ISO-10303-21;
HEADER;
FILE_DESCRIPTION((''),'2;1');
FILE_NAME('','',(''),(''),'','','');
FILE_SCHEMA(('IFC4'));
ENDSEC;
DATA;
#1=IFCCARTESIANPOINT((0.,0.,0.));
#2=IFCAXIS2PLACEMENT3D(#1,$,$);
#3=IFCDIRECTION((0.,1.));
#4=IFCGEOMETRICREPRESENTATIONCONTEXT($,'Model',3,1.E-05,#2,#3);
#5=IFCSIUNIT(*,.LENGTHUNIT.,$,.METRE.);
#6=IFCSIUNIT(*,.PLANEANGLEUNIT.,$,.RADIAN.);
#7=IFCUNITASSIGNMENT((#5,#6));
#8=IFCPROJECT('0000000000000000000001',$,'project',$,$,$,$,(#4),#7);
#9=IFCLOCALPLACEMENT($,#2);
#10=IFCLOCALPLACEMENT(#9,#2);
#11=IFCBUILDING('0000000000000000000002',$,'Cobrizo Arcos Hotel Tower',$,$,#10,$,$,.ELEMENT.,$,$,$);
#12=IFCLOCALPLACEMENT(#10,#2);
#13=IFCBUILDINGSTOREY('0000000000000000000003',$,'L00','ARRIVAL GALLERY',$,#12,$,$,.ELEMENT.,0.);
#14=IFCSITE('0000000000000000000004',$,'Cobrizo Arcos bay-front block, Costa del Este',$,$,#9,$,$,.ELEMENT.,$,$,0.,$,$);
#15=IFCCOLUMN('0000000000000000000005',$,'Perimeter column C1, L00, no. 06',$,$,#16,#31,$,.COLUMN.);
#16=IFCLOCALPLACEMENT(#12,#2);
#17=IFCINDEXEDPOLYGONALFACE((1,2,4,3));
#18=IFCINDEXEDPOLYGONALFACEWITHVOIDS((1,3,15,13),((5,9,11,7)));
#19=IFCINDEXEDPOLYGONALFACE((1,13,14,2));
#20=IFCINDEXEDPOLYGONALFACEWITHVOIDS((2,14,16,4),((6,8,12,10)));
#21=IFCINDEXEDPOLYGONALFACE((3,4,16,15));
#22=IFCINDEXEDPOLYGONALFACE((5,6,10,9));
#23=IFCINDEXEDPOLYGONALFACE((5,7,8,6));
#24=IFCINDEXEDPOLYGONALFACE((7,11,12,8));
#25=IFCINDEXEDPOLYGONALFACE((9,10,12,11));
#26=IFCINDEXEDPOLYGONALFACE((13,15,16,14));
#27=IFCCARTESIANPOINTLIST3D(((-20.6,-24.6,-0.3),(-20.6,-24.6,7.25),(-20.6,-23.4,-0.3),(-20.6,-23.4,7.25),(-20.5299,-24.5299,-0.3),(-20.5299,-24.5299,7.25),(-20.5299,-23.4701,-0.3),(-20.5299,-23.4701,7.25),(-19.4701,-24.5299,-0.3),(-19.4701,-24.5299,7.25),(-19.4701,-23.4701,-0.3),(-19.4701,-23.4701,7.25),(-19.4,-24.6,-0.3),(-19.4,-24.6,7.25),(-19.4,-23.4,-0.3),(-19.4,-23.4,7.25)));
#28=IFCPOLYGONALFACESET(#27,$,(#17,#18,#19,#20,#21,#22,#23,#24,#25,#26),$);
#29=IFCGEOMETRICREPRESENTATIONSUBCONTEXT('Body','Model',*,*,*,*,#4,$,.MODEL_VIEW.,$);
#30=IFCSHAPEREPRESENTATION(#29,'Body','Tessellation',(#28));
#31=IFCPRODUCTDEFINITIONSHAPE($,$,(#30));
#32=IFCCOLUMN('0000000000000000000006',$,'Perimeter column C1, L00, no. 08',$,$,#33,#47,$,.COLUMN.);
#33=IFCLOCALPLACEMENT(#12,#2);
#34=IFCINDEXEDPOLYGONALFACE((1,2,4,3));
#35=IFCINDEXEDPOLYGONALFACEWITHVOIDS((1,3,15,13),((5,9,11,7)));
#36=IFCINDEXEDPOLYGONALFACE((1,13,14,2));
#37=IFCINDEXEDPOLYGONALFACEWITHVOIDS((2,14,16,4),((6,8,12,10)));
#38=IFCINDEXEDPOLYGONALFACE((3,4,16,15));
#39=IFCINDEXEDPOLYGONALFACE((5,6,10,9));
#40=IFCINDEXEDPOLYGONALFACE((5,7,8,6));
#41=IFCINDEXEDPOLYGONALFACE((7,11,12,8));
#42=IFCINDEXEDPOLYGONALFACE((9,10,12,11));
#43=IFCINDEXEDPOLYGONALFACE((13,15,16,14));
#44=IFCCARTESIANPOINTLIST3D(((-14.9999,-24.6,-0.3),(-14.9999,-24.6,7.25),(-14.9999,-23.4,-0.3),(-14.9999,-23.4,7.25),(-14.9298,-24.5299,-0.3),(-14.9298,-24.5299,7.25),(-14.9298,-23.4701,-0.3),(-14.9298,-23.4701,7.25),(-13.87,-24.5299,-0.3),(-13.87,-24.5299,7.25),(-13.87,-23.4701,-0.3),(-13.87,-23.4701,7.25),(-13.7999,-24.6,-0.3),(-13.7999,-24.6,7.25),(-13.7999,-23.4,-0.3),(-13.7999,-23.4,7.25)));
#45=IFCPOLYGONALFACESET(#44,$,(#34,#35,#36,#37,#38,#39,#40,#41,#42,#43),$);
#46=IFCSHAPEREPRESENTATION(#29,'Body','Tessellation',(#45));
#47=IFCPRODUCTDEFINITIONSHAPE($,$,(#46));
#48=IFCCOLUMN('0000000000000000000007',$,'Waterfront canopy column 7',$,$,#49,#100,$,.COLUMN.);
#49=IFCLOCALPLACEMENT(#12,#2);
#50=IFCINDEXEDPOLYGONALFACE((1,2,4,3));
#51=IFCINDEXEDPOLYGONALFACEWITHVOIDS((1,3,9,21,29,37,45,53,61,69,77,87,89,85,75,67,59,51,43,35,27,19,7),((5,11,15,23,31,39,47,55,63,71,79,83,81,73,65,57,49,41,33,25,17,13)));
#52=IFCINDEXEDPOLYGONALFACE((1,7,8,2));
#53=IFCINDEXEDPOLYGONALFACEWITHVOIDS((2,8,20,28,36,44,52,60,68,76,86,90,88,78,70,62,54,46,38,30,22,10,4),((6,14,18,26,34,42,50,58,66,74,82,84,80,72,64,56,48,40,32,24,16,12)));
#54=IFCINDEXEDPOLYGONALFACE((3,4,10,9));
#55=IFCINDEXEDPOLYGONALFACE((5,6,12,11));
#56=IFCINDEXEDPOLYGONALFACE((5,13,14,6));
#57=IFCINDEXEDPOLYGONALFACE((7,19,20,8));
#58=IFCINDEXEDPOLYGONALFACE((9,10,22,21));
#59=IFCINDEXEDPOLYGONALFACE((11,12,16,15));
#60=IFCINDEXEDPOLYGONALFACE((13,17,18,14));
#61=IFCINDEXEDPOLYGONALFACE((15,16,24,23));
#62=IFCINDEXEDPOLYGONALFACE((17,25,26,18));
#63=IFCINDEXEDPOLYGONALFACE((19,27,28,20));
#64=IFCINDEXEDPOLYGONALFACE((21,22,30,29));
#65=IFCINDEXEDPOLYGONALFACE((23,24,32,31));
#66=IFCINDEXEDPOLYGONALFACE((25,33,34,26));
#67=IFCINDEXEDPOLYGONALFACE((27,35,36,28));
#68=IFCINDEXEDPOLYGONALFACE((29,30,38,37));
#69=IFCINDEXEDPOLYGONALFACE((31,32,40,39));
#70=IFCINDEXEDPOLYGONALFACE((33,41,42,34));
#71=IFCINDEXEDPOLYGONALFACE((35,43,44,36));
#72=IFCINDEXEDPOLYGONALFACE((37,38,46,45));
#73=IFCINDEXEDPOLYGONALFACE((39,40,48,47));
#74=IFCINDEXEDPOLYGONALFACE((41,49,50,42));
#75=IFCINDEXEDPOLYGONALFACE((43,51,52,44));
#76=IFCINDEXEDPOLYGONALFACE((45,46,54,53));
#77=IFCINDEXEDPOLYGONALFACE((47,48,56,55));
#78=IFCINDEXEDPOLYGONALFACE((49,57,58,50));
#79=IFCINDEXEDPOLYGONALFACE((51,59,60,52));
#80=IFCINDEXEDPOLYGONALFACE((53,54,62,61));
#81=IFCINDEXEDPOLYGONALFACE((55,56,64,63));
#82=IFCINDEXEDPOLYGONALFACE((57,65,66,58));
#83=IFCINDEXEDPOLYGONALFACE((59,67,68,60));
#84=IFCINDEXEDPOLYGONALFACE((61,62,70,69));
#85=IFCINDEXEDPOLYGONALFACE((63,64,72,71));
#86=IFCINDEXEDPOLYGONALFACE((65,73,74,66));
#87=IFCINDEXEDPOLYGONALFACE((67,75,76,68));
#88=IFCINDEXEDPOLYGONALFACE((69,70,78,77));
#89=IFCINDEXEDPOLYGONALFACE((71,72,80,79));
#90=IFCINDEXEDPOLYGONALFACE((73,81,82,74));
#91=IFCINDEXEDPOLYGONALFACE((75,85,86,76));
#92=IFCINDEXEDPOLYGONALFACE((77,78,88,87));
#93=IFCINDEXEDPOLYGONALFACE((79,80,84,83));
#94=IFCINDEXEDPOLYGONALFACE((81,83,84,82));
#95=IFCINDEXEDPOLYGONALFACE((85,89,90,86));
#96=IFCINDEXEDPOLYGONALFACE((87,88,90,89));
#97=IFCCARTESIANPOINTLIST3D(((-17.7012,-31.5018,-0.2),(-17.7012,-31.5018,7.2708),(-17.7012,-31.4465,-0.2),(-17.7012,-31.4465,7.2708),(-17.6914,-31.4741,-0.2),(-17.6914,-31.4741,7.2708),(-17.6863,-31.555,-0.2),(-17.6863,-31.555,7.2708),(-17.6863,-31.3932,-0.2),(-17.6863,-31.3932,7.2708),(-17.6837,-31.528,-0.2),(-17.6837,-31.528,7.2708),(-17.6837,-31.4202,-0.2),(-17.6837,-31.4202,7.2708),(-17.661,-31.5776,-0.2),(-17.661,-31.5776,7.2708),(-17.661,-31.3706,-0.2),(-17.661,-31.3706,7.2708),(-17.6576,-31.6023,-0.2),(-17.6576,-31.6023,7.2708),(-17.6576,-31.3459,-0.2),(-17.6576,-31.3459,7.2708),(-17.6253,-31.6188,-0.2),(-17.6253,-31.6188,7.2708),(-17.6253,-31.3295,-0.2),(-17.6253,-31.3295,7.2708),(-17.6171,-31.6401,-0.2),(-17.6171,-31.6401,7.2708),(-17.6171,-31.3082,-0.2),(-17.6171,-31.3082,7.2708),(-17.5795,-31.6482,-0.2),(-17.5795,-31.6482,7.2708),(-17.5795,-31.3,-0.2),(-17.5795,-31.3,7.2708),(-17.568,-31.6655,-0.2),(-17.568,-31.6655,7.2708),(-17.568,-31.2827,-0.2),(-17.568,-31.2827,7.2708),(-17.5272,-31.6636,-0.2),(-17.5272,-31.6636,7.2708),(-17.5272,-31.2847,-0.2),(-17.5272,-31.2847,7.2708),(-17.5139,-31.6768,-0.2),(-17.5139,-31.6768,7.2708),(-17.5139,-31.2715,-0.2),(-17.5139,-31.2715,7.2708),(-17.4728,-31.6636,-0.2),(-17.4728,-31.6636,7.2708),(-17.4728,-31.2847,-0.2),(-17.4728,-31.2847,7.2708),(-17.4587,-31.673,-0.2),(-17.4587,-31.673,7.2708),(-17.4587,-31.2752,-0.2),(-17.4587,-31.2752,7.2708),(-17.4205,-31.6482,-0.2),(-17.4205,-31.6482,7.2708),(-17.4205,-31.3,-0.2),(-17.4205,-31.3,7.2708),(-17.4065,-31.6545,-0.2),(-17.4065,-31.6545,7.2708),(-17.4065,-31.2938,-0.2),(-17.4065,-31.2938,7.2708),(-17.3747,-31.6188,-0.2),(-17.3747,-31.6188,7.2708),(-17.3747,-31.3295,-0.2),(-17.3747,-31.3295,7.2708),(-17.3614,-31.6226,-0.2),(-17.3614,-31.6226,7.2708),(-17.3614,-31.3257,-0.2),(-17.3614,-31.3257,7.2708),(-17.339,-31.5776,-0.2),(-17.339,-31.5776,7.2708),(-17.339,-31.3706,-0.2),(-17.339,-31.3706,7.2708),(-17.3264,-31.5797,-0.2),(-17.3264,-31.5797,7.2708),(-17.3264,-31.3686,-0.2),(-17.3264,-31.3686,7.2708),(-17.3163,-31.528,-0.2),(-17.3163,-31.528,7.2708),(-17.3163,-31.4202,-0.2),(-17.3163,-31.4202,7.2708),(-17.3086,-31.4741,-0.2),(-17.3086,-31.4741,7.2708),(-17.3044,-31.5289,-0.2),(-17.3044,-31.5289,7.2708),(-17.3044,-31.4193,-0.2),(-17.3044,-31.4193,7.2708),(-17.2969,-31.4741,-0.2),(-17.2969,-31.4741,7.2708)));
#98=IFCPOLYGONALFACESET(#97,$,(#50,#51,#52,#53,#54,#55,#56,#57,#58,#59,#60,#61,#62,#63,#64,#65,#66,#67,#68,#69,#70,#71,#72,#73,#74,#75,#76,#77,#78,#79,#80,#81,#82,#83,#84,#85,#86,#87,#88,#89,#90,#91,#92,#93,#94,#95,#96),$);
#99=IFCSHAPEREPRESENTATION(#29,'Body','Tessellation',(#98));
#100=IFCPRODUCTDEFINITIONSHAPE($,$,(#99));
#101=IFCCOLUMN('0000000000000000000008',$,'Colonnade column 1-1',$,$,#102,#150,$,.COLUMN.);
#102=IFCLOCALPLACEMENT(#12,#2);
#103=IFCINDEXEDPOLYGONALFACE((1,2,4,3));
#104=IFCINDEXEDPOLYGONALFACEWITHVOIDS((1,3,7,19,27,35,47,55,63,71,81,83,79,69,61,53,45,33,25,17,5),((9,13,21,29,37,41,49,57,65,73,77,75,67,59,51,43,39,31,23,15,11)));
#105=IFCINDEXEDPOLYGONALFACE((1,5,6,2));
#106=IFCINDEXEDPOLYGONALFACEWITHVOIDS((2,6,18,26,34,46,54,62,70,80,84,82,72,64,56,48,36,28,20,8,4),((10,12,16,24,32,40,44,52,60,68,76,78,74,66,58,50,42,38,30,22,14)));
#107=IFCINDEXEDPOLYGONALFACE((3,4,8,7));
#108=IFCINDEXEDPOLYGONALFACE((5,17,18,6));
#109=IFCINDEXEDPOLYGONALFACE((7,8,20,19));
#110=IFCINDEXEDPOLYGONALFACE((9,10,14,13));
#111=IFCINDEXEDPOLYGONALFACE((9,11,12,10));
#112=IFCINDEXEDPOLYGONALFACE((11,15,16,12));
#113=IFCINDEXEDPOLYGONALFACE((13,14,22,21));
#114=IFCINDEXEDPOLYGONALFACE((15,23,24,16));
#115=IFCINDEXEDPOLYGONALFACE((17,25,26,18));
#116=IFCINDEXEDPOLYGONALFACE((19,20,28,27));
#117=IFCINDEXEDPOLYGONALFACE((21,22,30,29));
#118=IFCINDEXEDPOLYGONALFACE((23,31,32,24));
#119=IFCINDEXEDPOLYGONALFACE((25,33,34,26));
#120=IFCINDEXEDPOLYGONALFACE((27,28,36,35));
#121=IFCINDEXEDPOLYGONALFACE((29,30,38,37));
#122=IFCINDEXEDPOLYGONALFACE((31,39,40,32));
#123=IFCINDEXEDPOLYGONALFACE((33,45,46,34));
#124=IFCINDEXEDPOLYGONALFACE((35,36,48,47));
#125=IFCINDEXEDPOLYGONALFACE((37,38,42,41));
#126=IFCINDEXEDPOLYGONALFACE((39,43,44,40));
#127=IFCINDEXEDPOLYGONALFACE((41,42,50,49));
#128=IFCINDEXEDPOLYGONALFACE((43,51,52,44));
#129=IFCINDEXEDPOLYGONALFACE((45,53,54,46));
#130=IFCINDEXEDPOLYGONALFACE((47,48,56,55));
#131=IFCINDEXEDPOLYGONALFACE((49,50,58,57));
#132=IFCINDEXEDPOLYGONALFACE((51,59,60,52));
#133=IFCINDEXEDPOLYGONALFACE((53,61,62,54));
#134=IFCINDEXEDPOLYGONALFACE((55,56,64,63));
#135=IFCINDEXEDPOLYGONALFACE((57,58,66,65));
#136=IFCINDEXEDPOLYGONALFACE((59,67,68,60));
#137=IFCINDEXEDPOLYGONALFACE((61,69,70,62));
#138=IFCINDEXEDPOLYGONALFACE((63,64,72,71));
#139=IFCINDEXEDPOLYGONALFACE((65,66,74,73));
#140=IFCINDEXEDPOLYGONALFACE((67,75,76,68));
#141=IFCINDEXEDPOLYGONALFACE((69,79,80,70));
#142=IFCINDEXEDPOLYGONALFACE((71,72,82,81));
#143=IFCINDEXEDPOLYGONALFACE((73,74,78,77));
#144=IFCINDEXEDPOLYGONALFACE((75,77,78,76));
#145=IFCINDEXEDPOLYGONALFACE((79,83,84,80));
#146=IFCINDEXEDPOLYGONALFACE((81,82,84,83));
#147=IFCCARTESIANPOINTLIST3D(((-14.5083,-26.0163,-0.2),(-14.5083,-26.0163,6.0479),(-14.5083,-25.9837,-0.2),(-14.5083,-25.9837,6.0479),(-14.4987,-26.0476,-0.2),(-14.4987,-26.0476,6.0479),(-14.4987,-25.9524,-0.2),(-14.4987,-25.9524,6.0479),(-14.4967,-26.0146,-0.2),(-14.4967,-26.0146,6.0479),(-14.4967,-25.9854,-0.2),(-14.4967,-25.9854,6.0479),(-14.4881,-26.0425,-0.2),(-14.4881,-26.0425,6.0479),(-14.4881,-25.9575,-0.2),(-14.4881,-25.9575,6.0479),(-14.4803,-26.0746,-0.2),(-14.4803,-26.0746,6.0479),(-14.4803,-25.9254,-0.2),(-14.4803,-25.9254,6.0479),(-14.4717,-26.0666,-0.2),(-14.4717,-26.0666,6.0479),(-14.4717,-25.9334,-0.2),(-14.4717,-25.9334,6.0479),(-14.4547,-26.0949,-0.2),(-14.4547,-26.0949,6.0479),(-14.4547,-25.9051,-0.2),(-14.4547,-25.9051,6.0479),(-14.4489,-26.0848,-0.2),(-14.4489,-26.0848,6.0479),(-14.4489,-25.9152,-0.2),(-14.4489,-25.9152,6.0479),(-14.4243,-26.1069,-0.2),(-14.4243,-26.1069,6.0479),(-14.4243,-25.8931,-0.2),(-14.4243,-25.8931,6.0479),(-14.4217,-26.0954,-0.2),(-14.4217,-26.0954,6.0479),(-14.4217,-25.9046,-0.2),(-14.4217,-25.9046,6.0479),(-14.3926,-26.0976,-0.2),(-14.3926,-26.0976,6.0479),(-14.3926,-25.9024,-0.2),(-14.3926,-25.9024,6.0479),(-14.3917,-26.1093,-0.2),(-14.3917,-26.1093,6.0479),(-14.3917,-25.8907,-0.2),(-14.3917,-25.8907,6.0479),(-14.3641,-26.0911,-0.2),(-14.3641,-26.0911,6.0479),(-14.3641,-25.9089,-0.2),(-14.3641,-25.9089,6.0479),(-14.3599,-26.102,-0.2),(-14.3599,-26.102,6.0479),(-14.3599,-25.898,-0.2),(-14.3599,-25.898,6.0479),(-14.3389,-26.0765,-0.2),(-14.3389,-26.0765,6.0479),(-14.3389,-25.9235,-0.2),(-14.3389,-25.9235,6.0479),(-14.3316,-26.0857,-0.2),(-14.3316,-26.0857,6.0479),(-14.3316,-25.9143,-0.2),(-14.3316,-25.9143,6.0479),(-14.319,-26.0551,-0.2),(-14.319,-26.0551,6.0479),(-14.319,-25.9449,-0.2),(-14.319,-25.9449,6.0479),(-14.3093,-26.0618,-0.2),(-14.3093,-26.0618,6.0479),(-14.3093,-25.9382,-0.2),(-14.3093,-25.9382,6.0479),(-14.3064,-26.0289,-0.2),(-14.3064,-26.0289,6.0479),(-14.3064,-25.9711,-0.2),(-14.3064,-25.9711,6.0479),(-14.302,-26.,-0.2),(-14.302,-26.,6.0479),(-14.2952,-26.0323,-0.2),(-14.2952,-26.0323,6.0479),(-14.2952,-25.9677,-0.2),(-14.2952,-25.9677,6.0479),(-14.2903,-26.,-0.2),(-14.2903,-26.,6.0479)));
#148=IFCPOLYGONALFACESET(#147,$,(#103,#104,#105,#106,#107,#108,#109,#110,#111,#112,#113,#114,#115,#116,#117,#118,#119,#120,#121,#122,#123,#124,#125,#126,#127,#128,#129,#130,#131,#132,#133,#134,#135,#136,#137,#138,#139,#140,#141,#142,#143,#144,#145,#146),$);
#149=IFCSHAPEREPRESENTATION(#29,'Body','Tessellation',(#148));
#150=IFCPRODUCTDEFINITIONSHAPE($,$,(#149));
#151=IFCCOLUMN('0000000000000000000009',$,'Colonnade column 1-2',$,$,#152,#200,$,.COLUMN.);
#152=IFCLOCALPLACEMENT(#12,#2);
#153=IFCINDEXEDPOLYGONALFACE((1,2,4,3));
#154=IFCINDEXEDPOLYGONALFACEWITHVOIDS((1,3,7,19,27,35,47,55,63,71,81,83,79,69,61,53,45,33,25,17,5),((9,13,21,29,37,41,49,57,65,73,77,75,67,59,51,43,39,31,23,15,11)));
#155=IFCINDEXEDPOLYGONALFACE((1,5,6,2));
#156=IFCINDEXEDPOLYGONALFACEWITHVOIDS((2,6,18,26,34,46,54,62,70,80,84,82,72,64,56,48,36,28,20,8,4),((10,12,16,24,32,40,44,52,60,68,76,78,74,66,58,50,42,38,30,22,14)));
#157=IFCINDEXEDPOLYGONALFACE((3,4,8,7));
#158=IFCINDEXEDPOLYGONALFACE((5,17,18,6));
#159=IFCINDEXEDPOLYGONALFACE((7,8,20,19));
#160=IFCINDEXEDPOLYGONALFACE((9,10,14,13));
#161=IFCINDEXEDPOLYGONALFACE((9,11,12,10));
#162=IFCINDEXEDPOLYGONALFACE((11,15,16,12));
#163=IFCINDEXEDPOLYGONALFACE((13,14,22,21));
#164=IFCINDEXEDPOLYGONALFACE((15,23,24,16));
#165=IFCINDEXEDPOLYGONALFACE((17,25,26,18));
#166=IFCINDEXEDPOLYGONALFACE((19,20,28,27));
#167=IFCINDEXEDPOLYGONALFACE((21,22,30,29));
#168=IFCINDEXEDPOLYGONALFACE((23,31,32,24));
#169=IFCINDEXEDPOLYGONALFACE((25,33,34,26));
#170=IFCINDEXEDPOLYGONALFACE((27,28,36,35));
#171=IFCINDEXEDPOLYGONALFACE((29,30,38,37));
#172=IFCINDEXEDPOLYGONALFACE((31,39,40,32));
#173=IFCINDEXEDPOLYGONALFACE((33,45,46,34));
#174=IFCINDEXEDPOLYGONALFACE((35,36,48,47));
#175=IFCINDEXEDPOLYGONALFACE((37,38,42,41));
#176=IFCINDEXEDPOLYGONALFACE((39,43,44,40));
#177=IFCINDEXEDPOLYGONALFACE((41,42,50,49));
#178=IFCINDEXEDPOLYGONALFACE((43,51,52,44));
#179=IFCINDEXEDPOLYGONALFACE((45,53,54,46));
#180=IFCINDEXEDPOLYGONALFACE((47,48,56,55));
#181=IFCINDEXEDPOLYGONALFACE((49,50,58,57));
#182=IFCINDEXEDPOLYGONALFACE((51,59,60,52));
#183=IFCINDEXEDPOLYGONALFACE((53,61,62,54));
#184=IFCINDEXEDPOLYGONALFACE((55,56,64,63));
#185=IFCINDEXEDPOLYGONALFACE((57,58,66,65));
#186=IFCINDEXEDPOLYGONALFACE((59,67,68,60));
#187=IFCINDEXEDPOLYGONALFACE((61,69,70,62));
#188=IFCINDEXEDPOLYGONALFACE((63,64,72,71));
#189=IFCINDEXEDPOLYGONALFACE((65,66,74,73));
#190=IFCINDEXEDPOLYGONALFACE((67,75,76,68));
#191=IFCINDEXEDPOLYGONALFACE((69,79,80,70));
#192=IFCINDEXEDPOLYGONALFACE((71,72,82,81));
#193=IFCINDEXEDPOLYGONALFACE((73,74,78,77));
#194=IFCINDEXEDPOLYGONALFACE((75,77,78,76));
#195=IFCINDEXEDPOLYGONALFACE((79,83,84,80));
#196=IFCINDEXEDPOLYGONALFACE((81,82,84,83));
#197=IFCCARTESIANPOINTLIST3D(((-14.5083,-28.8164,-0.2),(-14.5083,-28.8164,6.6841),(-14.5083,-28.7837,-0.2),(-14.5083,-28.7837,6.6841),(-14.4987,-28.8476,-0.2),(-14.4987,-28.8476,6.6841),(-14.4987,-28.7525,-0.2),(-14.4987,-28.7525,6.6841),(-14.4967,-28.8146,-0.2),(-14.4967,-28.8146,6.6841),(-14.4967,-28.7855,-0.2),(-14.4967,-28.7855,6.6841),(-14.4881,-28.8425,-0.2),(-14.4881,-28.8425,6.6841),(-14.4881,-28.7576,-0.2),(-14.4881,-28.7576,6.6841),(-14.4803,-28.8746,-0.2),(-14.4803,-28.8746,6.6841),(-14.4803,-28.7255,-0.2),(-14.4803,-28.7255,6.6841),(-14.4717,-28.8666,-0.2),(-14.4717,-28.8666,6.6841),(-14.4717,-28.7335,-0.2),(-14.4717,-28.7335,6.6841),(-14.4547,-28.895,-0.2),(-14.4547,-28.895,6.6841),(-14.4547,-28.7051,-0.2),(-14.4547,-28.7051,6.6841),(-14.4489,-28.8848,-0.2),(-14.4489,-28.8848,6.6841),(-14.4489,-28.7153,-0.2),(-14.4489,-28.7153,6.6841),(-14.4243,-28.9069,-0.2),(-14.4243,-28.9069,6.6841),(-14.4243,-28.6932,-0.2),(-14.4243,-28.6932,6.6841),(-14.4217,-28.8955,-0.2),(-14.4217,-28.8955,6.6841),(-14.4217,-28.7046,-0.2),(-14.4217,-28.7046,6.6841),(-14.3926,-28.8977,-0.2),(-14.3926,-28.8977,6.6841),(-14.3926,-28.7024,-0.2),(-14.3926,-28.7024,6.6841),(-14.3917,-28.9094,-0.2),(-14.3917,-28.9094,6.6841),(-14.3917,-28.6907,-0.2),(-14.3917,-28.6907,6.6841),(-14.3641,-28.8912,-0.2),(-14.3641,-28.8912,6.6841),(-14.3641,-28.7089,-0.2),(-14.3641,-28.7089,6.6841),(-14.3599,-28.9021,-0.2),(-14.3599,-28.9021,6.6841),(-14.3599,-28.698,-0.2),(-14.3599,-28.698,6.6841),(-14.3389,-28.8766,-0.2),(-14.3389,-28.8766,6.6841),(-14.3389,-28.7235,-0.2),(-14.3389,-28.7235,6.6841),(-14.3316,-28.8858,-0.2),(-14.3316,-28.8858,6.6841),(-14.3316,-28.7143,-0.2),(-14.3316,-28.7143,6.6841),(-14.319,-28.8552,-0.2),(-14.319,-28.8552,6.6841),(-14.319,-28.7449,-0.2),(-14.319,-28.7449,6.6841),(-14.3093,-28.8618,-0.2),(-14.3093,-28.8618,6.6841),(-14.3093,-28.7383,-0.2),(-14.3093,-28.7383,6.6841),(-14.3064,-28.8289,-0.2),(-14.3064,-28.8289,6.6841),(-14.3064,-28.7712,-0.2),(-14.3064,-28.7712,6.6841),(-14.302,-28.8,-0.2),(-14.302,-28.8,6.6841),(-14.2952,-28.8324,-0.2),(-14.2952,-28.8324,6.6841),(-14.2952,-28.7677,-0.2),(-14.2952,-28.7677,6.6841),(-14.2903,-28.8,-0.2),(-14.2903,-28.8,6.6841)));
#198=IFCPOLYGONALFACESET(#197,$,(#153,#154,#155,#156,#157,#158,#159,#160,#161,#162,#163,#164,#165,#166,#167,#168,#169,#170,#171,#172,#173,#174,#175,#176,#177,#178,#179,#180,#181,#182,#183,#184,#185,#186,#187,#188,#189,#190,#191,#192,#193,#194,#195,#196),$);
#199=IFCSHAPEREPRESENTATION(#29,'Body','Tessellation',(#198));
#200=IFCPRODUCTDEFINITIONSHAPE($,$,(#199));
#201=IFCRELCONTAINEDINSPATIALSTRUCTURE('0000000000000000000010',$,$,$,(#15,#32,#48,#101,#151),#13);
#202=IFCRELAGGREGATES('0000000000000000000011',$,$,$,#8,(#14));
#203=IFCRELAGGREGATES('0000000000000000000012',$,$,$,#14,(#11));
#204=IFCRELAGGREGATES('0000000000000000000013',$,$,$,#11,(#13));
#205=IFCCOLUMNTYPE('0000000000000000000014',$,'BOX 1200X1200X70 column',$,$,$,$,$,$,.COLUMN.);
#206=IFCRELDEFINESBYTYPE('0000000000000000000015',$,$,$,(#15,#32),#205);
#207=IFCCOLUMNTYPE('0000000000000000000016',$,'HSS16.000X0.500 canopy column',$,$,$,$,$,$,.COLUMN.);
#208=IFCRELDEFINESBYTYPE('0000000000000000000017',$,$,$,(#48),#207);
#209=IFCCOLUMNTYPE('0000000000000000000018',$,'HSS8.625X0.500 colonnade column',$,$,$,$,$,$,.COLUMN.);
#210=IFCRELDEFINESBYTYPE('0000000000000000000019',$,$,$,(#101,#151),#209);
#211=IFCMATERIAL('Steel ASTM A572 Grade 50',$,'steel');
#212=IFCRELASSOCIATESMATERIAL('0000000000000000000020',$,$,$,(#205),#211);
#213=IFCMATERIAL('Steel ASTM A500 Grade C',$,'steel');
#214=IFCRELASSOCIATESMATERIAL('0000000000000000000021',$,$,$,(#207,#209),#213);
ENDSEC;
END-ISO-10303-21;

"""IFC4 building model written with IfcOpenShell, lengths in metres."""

from ifc_helpers import new_model, si_unit, direction, frame, origin, origin_2d, place, context, subcontext, project, spatial, hollow_rectangle, hollow_circle, extrude, material, material_profile, profile_set, type_object, element, save


model = new_model("IFC4")

# Units and contexts
model_context = context("Model", 3, precision=1e-05, world=origin(), true_north=direction((0.0, 1.0)))
body_context = subcontext(model_context, "Body", "Model", "MODEL_VIEW")
ifc_project = project(units=[si_unit("LENGTHUNIT", "METRE"), si_unit("PLANEANGLEUNIT", "RADIAN")], contexts=[model_context])

# Site, building, storey
site_placement = place(None, origin())
site = spatial("IfcSite", under=ifc_project, at=site_placement, Name="Cobrizo Arcos bay-front block, Costa del Este", CompositionType="ELEMENT", RefElevation=0.0)
building_placement = place(site_placement, origin())
building = spatial("IfcBuilding", under=site, at=building_placement, Name="Cobrizo Arcos Hotel Tower", CompositionType="ELEMENT")
storey_placement = place(building_placement, origin())
storey = spatial("IfcBuildingStorey", under=building, at=storey_placement, Name="L00", Description="ARRIVAL GALLERY", CompositionType="ELEMENT", Elevation=0.0)

# Columns
ifc_material_1 = material(Name="Steel ASTM A572 Grade 50", Category="steel")
ifc_material_profile_1 = material_profile(ifc_material_1, hollow_rectangle(XDim=1.2, YDim=1.2, WallThickness=0.0701, at=origin_2d()), Name="BOX 1200X1200X70")
ifc_profile_set_1 = profile_set([ifc_material_profile_1], Name="Steel ASTM A572 Grade 50")
column_type_1 = type_object("IfcColumnType", Name="BOX 1200X1200X70 column", PredefinedType="COLUMN", material=ifc_profile_set_1)
for number, where, z_axis, x_axis, name in (
    (1, (-20.0, -24.0, -0.3), (0.0, 0.0, 1.0), (1.0, 0.0, 0.0), "Perimeter column C1, L00, no. 06"),
    (2, (-14.3999, -24.0, -0.3), (0.0, 0.0, 1.0), (1.0, 0.0, 0.0), "Perimeter column C1, L00, no. 08"),
):
    element("IfcColumn", number, at=place(storey_placement, frame(where, z_axis=z_axis, x_axis=x_axis)), inside=storey, type_object=column_type_1, Name=name, PredefinedType="COLUMN", context=body_context, shape_type="SweptSolid", body=[
        extrude(hollow_rectangle(XDim=1.2, YDim=1.2, WallThickness=0.0701, at=origin_2d()), origin(), (0.0, 0.0, 1.0), 7.55),
    ])
ifc_material_2 = material(Name="Steel ASTM A500 Grade C", Category="steel")
ifc_material_profile_2 = material_profile(ifc_material_2, hollow_circle(Radius=0.2031, WallThickness=0.0117, at=origin_2d()), Name="HSS16.000X0.500")
ifc_profile_set_2 = profile_set([ifc_material_profile_2], Name="Steel ASTM A500 Grade C")
column_type_2 = type_object("IfcColumnType", Name="HSS16.000X0.500 canopy column", PredefinedType="COLUMN", material=ifc_profile_set_2)
column_1_placement = place(storey_placement, frame((-17.5, -31.4741, -0.2), z_axis=(0.0, 0.0, 1.0), x_axis=(1.0, 0.0, 0.0)))
element("IfcColumn", 3, at=column_1_placement, inside=storey, type_object=column_type_2, Name="Waterfront canopy column 7", PredefinedType="COLUMN", context=body_context, shape_type="SweptSolid", body=[
    extrude(hollow_circle(Radius=0.2031, WallThickness=0.0117, at=origin_2d()), origin(), (0.0, 0.0, 1.0), 7.4707),
])
ifc_material_profile_3 = material_profile(ifc_material_2, hollow_circle(Radius=0.1096, WallThickness=0.0117, at=origin_2d()), Name="HSS8.625X0.500")
ifc_profile_set_3 = profile_set([ifc_material_profile_3], Name="Steel ASTM A500 Grade C")
column_type_3 = type_object("IfcColumnType", Name="HSS8.625X0.500 colonnade column", PredefinedType="COLUMN", material=ifc_profile_set_3)
column_2_placement = place(storey_placement, frame((-14.3999, -26.0, -0.2), z_axis=(0.0, 0.0, 1.0), x_axis=(1.0, 0.0, 0.0)))
element("IfcColumn", 4, at=column_2_placement, inside=storey, type_object=column_type_3, Name="Colonnade column 1-1", PredefinedType="COLUMN", context=body_context, shape_type="SweptSolid", body=[
    extrude(hollow_circle(Radius=0.1096, WallThickness=0.0117, at=origin_2d()), origin(), (0.0, 0.0, 1.0), 6.2478),
])
column_3_placement = place(storey_placement, frame((-14.3999, -28.8, -0.2), z_axis=(0.0, 0.0, 1.0), x_axis=(1.0, 0.0, 0.0)))
element("IfcColumn", 5, at=column_3_placement, inside=storey, type_object=column_type_3, Name="Colonnade column 1-2", PredefinedType="COLUMN", context=body_context, shape_type="SweptSolid", body=[
    extrude(hollow_circle(Radius=0.1096, WallThickness=0.0117, at=origin_2d()), origin(), (0.0, 0.0, 1.0), 6.884),
])

save(model, "model.ifc")
